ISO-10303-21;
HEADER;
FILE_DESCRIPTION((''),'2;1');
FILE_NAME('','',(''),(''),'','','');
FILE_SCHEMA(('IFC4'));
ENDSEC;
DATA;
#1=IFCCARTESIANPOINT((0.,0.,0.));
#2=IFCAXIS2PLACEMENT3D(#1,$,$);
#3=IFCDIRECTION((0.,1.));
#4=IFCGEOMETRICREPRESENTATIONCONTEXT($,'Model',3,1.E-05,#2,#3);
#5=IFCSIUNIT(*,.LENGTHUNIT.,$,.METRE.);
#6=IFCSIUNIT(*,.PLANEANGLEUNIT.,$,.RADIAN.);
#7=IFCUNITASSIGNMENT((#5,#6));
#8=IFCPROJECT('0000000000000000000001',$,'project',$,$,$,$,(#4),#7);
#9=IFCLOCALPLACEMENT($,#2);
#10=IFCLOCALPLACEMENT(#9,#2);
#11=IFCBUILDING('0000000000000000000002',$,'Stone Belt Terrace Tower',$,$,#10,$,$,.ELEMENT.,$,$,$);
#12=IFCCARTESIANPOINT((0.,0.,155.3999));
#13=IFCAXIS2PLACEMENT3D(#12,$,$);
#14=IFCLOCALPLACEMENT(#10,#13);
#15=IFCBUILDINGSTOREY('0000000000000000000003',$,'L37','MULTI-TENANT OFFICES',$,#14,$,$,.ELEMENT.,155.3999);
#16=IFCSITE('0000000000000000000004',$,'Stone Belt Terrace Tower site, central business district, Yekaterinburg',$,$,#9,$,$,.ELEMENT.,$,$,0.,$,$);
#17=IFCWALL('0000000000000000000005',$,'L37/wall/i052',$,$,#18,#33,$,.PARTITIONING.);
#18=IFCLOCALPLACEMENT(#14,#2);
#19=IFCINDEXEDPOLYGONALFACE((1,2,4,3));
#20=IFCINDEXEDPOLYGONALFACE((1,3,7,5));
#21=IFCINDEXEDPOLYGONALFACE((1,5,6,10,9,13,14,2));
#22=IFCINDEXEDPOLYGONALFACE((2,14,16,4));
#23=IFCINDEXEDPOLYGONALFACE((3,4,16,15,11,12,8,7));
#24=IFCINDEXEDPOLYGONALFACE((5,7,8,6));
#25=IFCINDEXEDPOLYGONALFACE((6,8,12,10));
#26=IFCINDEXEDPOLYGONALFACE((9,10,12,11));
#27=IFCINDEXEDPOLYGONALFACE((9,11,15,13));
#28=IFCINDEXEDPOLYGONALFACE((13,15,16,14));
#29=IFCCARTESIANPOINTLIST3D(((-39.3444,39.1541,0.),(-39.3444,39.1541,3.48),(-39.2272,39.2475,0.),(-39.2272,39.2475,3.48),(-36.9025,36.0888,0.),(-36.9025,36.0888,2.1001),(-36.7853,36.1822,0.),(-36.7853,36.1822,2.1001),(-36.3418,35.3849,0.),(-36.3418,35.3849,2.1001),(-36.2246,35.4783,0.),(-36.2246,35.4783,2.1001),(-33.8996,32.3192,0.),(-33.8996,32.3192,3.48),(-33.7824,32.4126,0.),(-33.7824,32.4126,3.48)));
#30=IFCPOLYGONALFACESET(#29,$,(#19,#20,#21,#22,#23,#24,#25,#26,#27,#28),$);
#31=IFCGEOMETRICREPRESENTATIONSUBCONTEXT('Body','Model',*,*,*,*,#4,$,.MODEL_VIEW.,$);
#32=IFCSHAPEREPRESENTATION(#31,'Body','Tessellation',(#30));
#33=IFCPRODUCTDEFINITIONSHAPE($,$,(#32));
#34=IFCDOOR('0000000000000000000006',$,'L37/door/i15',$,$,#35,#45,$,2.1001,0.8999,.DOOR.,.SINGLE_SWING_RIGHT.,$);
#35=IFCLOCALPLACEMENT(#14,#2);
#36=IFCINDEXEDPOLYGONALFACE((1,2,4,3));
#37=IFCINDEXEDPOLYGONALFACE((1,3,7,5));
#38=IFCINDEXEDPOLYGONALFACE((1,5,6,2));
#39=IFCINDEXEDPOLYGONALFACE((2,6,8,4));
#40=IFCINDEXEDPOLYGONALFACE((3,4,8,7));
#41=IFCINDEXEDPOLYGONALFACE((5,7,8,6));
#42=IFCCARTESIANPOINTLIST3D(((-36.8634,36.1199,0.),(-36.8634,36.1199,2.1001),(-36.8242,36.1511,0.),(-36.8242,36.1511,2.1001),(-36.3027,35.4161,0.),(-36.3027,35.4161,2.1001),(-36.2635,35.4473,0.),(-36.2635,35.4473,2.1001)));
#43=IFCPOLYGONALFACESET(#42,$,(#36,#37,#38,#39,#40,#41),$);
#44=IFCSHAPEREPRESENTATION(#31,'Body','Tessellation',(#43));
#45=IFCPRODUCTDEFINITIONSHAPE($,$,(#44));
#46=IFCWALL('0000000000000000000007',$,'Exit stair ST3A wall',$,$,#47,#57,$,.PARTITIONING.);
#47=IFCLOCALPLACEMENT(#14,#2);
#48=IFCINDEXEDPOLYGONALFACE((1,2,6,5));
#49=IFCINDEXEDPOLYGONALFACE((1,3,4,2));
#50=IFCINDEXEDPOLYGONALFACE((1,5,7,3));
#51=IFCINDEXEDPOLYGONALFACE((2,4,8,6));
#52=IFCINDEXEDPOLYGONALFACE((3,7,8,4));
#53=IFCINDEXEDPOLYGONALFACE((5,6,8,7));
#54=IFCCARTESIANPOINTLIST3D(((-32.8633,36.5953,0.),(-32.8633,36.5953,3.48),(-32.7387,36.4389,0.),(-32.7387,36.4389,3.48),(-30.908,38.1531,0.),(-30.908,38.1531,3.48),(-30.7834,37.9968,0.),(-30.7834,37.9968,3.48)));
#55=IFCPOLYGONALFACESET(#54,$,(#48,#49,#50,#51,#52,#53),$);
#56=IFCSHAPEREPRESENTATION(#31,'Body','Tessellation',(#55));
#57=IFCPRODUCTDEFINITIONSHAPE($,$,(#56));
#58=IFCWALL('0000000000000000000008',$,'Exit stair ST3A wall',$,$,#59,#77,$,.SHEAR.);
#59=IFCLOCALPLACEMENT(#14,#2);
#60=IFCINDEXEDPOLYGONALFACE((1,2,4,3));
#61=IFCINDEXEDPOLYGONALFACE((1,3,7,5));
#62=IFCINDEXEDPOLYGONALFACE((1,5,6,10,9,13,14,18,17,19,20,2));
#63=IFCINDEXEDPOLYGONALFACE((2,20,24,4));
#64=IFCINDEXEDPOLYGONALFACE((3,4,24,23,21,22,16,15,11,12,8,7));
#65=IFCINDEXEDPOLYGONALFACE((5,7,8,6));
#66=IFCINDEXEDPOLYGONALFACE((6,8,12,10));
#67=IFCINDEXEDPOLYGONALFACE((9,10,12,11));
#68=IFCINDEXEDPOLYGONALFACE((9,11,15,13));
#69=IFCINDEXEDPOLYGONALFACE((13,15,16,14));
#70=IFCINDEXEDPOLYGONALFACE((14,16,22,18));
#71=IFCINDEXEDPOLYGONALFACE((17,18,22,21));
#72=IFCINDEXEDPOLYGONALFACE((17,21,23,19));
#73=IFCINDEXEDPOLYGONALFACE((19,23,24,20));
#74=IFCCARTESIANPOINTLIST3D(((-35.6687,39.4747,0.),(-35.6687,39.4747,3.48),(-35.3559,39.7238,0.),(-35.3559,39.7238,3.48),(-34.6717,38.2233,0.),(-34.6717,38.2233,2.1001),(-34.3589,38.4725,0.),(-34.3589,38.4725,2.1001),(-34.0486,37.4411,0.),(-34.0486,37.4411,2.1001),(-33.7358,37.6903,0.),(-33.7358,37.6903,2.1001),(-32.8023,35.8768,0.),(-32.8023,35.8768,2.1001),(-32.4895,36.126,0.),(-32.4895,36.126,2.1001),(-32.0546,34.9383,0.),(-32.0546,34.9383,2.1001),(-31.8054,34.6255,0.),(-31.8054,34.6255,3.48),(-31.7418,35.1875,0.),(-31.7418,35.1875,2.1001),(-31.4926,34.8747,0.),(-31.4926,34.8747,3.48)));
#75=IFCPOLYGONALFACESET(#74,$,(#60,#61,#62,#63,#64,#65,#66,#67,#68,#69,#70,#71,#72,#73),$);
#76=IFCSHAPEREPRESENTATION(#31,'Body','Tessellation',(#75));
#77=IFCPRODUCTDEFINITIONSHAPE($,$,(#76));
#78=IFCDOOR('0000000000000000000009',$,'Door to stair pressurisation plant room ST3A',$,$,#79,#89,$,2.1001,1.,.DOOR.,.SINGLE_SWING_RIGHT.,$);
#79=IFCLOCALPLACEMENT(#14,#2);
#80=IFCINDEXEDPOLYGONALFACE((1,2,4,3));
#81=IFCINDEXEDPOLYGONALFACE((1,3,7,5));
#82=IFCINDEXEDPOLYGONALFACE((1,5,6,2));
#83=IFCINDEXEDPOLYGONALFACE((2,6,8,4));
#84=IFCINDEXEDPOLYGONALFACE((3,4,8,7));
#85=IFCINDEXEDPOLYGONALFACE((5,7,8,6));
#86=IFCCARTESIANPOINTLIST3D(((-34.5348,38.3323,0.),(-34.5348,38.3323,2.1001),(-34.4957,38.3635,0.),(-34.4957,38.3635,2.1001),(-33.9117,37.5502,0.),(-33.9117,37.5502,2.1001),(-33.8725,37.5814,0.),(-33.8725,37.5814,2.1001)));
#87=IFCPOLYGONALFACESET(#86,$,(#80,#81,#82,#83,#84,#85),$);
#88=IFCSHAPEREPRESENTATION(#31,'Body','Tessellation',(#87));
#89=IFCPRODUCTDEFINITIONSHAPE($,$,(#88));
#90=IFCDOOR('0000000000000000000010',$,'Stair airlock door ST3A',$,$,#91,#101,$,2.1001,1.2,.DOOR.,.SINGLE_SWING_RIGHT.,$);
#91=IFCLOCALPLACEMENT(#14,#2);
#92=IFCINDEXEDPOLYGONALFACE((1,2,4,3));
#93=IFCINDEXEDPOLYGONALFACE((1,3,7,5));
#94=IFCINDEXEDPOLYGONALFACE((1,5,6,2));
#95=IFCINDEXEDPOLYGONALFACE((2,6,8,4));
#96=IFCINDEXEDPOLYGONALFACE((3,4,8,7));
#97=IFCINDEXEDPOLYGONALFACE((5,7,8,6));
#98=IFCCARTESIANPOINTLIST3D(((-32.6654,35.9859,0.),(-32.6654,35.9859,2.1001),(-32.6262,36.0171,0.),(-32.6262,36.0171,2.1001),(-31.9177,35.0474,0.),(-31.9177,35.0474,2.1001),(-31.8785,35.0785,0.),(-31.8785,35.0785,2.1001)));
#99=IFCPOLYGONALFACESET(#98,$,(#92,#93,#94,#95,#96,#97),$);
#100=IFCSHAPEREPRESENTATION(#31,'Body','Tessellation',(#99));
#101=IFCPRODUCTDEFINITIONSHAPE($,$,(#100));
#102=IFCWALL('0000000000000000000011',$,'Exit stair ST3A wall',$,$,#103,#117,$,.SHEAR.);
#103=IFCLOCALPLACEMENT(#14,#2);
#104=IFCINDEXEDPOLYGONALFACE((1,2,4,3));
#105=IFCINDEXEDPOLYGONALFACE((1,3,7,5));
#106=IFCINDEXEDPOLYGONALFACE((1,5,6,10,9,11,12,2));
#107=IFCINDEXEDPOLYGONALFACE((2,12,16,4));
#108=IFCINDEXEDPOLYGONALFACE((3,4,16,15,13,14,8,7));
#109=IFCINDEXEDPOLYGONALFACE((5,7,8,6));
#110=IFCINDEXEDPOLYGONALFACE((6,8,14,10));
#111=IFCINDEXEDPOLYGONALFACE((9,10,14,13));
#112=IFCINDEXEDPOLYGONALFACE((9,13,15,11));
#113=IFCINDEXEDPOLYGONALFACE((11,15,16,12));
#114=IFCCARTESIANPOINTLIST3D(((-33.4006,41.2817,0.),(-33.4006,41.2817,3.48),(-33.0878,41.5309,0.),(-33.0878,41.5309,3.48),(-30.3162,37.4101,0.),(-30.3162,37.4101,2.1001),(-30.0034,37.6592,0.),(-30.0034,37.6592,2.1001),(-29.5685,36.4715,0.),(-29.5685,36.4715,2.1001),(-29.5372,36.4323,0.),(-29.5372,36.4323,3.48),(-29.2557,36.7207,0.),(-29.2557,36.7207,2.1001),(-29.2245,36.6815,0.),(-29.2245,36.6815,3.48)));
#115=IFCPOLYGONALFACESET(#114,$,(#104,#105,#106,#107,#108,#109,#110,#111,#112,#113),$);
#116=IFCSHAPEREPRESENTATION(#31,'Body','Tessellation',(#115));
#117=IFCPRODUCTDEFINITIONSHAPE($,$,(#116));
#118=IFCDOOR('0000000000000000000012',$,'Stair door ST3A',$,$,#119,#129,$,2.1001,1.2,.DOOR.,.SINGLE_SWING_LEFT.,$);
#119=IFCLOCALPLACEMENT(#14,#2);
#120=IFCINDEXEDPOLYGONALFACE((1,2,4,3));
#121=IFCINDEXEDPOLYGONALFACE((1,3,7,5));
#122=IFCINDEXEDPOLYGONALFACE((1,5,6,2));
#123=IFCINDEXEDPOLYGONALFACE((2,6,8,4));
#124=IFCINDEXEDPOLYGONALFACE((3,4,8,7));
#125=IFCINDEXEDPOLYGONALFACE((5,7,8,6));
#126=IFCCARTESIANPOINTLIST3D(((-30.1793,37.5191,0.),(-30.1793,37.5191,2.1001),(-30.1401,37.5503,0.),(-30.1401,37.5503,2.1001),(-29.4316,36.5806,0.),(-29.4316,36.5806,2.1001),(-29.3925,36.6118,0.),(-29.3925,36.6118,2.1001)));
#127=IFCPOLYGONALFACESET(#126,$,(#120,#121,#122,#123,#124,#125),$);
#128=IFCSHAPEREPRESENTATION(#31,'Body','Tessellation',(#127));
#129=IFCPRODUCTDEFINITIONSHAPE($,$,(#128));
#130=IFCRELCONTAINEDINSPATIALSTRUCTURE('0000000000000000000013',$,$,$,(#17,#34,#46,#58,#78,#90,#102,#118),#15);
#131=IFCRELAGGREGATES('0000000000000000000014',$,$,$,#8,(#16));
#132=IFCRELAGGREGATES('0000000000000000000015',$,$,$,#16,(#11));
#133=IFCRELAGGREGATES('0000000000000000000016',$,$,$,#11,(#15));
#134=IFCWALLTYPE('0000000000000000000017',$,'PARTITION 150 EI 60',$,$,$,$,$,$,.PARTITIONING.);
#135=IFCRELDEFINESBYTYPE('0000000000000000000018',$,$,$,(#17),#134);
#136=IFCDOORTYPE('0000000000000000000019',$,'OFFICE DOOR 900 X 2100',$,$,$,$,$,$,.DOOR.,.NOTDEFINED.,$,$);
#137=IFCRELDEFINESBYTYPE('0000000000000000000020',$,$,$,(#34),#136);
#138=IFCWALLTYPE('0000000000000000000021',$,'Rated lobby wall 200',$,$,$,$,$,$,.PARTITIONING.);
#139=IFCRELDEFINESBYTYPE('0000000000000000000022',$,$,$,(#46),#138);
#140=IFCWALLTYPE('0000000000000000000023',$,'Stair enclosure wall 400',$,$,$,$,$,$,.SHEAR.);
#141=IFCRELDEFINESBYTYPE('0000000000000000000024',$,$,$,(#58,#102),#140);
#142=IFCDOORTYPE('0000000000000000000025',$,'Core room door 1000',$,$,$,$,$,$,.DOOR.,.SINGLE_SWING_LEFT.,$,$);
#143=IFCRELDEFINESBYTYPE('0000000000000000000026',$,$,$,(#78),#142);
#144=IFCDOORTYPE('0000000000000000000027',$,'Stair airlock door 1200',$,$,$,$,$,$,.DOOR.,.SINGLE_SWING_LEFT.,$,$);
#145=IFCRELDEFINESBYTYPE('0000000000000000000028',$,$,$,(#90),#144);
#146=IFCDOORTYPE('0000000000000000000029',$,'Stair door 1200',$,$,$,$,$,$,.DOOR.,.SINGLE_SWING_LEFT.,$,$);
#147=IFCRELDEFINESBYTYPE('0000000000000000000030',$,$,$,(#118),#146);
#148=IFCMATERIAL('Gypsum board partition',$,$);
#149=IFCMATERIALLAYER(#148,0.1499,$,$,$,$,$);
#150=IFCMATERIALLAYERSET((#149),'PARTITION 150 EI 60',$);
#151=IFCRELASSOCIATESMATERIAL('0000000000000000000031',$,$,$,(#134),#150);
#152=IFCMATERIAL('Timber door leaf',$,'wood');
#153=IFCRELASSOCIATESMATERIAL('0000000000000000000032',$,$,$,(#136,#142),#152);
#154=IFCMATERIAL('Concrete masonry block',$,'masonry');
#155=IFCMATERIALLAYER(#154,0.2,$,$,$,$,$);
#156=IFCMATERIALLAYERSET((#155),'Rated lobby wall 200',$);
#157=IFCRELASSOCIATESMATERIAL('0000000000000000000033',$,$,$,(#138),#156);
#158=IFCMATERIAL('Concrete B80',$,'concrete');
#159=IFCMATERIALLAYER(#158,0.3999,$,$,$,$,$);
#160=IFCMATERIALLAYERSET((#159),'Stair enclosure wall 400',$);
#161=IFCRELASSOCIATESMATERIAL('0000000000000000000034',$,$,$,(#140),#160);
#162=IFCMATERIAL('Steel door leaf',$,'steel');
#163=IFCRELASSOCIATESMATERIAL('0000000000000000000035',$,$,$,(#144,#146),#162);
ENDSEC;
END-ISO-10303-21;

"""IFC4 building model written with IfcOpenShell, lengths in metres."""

from ifc_helpers import new_model, si_unit, direction, frame, frame_2d, origin, place, context, subcontext, project, spatial, rectangle, extrude, material, layer, layer_set, type_object, element, fill, save


model = new_model("IFC4")

# Units and contexts
model_context = context("Model", 3, precision=1e-05, world=origin(), true_north=direction((0.0, 1.0)))
body_context = subcontext(model_context, "Body", "Model", "MODEL_VIEW")
ifc_project = project(units=[si_unit("LENGTHUNIT", "METRE"), si_unit("PLANEANGLEUNIT", "RADIAN")], contexts=[model_context])

# Site, building, storey
site_placement = place(None, origin())
site = spatial("IfcSite", under=ifc_project, at=site_placement, Name="Stone Belt Terrace Tower site, central business district, Yekaterinburg", CompositionType="ELEMENT", RefElevation=0.0)
building_placement = place(site_placement, origin())
building = spatial("IfcBuilding", under=site, at=building_placement, Name="Stone Belt Terrace Tower", CompositionType="ELEMENT")
storey_placement = place(building_placement, frame((0.0, 0.0, 155.3999)))
storey = spatial("IfcBuildingStorey", under=building, at=storey_placement, Name="L37", Description="MULTI-TENANT OFFICES", CompositionType="ELEMENT", Elevation=155.3999)

# Shared definitions
ifc_material_1 = material(Name="Concrete B80", Category="concrete")

# Shared definitions
ifc_material_2 = material(Name="Gypsum board partition")
ifc_layer_1 = layer(ifc_material_2, 0.1499)
ifc_layer_set_1 = layer_set([ifc_layer_1], Name="PARTITION 150 EI 60")
wall_type_1 = type_object("IfcWallType", Name="PARTITION 150 EI 60", PredefinedType="PARTITIONING", material=ifc_layer_set_1)
ifc_material_3 = material(Name="Timber door leaf", Category="wood")
door_type_1 = type_object("IfcDoorType", Name="OFFICE DOOR 900 X 2100", OperationType="NOTDEFINED", PredefinedType="DOOR", material=ifc_material_3)

# Wall, opening, door
wall_1_placement = place(storey_placement, frame((-33.8411, 32.366, 0.0), z_axis=(0.0, 0.0, 1.0), x_axis=(-0.623079, 0.782159, 0.0)))
wall_1 = element("IfcWall", 1, at=wall_1_placement, inside=storey, type_object=wall_type_1, Name="L37/wall/i052", PredefinedType="PARTITIONING", context=body_context, shape_type="SweptSolid", body=[
    extrude(rectangle(XDim=8.7385, YDim=0.1499, at=frame_2d((4.3691, 0.0))), origin(), (0.0, 0.0, 1.0), 3.48),
])
opening_1_placement = place(wall_1_placement, frame((3.9194, 0.0, 0.0)))
opening_1 = element("IfcOpeningElement", 2, at=opening_1_placement, cuts=wall_1, PredefinedType="OPENING", context=body_context, shape_type="SweptSolid", body=[
    extrude(rectangle(XDim=0.8999, YDim=2.1001, at=frame_2d((0.45, 1.05))), frame((0.0, 0.085, 0.0), z_axis=(0.0, -1.0, 0.0), x_axis=(1.0, 0.0, 0.0)), (0.0, 0.0, 1.0), 0.1699),
])
door_1_placement = place(opening_1_placement, origin())
door_1 = element("IfcDoor", 3, at=door_1_placement, inside=storey, type_object=door_type_1, Name="L37/door/i15", OperationType="SINGLE_SWING_RIGHT", OverallHeight=2.1001, OverallWidth=0.8999, PredefinedType="DOOR", context=body_context, shape_type="SweptSolid", body=[
    extrude(rectangle(XDim=0.8999, YDim=2.1001, at=frame_2d((0.45, 1.05))), frame((0.0, 0.0249, 0.0), z_axis=(0.0, -1.0, 0.0), x_axis=(1.0, 0.0, 0.0)), (0.0, 0.0, 1.0), 0.05),
])
fill(opening_1, door_1)

# Wall
ifc_material_4 = material(Name="Concrete masonry block", Category="masonry")
ifc_layer_2 = layer(ifc_material_4, 0.2)
ifc_layer_set_2 = layer_set([ifc_layer_2], Name="Rated lobby wall 200")
wall_type_2 = type_object("IfcWallType", Name="Rated lobby wall 200", PredefinedType="PARTITIONING", material=ifc_layer_set_2)
wall_2_placement = place(storey_placement, frame((-30.8457, 38.075, 0.0), z_axis=(0.0, 0.0, 1.0), x_axis=(-0.782115, -0.623134, 0.0)))
element("IfcWall", 4, at=wall_2_placement, inside=storey, type_object=wall_type_2, Name="Exit stair ST3A wall", PredefinedType="PARTITIONING", context=body_context, shape_type="SweptSolid", body=[
    extrude(rectangle(XDim=2.5, YDim=0.2, at=frame_2d((1.25, 0.0))), origin(), (0.0, 0.0, 1.0), 3.48),
])

# Wall, openings, doors
ifc_layer_3 = layer(ifc_material_1, 0.3999)
ifc_layer_set_3 = layer_set([ifc_layer_3], Name="Stair enclosure wall 400")
wall_type_3 = type_object("IfcWallType", Name="Stair enclosure wall 400", PredefinedType="SHEAR", material=ifc_layer_set_3)
wall_3_placement = place(storey_placement, frame((-31.6489, 34.75, 0.0), z_axis=(0.0, 0.0, 1.0), x_axis=(-0.623119, 0.782127, 0.0)))
wall_3 = element("IfcWall", 5, at=wall_3_placement, inside=storey, type_object=wall_type_3, Name="Exit stair ST3A wall", PredefinedType="SHEAR", context=body_context, shape_type="SweptSolid", body=[
    extrude(rectangle(XDim=6.2, YDim=0.3999, at=frame_2d((3.1001, 0.0))), origin(), (0.0, 0.0, 1.0), 3.48),
])
opening_2_placement = place(wall_3_placement, frame((0.3999, 0.0, 0.0)))
opening_2 = element("IfcOpeningElement", 6, at=opening_2_placement, cuts=wall_3, PredefinedType="OPENING", context=body_context, shape_type="SweptSolid", body=[
    extrude(rectangle(XDim=1.2, YDim=2.1001, at=frame_2d((0.6001, 1.05))), frame((0.0, 0.21, 0.0), z_axis=(0.0, -1.0, 0.0), x_axis=(1.0, 0.0, 0.0)), (0.0, 0.0, 1.0), 0.4199),
])
opening_3_placement = place(wall_3_placement, frame((3.6001, 0.0, 0.0)))
opening_3 = element("IfcOpeningElement", 7, at=opening_3_placement, cuts=wall_3, PredefinedType="OPENING", context=body_context, shape_type="SweptSolid", body=[
    extrude(rectangle(XDim=1.0, YDim=2.1001, at=frame_2d((0.5, 1.05))), frame((0.0, 0.21, 0.0), z_axis=(0.0, -1.0, 0.0), x_axis=(1.0, 0.0, 0.0)), (0.0, 0.0, 1.0), 0.4199),
])
door_type_2 = type_object("IfcDoorType", Name="Core room door 1000", OperationType="SINGLE_SWING_LEFT", PredefinedType="DOOR", material=ifc_material_3)
door_2_placement = place(opening_3_placement, origin())
door_2 = element("IfcDoor", 8, at=door_2_placement, inside=storey, type_object=door_type_2, Name="Door to stair pressurisation plant room ST3A", OperationType="SINGLE_SWING_RIGHT", OverallHeight=2.1001, OverallWidth=1.0, PredefinedType="DOOR", context=body_context, shape_type="SweptSolid", body=[
    extrude(rectangle(XDim=1.0, YDim=2.1001, at=frame_2d((0.5, 1.05))), frame((0.0, 0.0249, 0.0), z_axis=(0.0, -1.0, 0.0), x_axis=(1.0, 0.0, 0.0)), (0.0, 0.0, 1.0), 0.05),
])
fill(opening_3, door_2)
ifc_material_5 = material(Name="Steel door leaf", Category="steel")
door_type_3 = type_object("IfcDoorType", Name="Stair airlock door 1200", OperationType="SINGLE_SWING_LEFT", PredefinedType="DOOR", material=ifc_material_5)
door_3_placement = place(opening_2_placement, origin())
door_3 = element("IfcDoor", 9, at=door_3_placement, inside=storey, type_object=door_type_3, Name="Stair airlock door ST3A", OperationType="SINGLE_SWING_RIGHT", OverallHeight=2.1001, OverallWidth=1.2, PredefinedType="DOOR", context=body_context, shape_type="SweptSolid", body=[
    extrude(rectangle(XDim=1.2, YDim=2.1001, at=frame_2d((0.6001, 1.05))), frame((0.0, 0.0249, 0.0), z_axis=(0.0, -1.0, 0.0), x_axis=(1.0, 0.0, 0.0)), (0.0, 0.0, 1.0), 0.05),
])
fill(opening_2, door_3)

# Wall, opening, door
wall_4_placement = place(storey_placement, frame((-29.3809, 36.5569, 0.0), z_axis=(0.0, 0.0, 1.0), x_axis=(-0.623099, 0.782143, 0.0)))
wall_4 = element("IfcWall", 10, at=wall_4_placement, inside=storey, type_object=wall_type_3, Name="Exit stair ST3A wall", PredefinedType="SHEAR", context=body_context, shape_type="SweptSolid", body=[
    extrude(rectangle(XDim=6.2002, YDim=0.3999, at=frame_2d((3.1001, 0.0))), origin(), (0.0, 0.0, 1.0), 3.48),
])
opening_4_placement = place(wall_4_placement, frame((0.05, 0.0, 0.0)))
opening_4 = element("IfcOpeningElement", 11, at=opening_4_placement, cuts=wall_4, PredefinedType="OPENING", context=body_context, shape_type="SweptSolid", body=[
    extrude(rectangle(XDim=1.2, YDim=2.1001, at=frame_2d((0.6001, 1.05))), frame((0.0, 0.21, 0.0), z_axis=(0.0, -1.0, 0.0), x_axis=(1.0, 0.0, 0.0)), (0.0, 0.0, 1.0), 0.4199),
])
door_type_4 = type_object("IfcDoorType", Name="Stair door 1200", OperationType="SINGLE_SWING_LEFT", PredefinedType="DOOR", material=ifc_material_5)
door_4_placement = place(opening_4_placement, origin())
door_4 = element("IfcDoor", 12, at=door_4_placement, inside=storey, type_object=door_type_4, Name="Stair door ST3A", OperationType="SINGLE_SWING_LEFT", OverallHeight=2.1001, OverallWidth=1.2, PredefinedType="DOOR", context=body_context, shape_type="SweptSolid", body=[
    extrude(rectangle(XDim=1.2, YDim=2.1001, at=frame_2d((0.6001, 1.05))), frame((0.0, 0.0249, 0.0), z_axis=(0.0, -1.0, 0.0), x_axis=(1.0, 0.0, 0.0)), (0.0, 0.0, 1.0), 0.05),
])
fill(opening_4, door_4)

save(model, "model.ifc")
